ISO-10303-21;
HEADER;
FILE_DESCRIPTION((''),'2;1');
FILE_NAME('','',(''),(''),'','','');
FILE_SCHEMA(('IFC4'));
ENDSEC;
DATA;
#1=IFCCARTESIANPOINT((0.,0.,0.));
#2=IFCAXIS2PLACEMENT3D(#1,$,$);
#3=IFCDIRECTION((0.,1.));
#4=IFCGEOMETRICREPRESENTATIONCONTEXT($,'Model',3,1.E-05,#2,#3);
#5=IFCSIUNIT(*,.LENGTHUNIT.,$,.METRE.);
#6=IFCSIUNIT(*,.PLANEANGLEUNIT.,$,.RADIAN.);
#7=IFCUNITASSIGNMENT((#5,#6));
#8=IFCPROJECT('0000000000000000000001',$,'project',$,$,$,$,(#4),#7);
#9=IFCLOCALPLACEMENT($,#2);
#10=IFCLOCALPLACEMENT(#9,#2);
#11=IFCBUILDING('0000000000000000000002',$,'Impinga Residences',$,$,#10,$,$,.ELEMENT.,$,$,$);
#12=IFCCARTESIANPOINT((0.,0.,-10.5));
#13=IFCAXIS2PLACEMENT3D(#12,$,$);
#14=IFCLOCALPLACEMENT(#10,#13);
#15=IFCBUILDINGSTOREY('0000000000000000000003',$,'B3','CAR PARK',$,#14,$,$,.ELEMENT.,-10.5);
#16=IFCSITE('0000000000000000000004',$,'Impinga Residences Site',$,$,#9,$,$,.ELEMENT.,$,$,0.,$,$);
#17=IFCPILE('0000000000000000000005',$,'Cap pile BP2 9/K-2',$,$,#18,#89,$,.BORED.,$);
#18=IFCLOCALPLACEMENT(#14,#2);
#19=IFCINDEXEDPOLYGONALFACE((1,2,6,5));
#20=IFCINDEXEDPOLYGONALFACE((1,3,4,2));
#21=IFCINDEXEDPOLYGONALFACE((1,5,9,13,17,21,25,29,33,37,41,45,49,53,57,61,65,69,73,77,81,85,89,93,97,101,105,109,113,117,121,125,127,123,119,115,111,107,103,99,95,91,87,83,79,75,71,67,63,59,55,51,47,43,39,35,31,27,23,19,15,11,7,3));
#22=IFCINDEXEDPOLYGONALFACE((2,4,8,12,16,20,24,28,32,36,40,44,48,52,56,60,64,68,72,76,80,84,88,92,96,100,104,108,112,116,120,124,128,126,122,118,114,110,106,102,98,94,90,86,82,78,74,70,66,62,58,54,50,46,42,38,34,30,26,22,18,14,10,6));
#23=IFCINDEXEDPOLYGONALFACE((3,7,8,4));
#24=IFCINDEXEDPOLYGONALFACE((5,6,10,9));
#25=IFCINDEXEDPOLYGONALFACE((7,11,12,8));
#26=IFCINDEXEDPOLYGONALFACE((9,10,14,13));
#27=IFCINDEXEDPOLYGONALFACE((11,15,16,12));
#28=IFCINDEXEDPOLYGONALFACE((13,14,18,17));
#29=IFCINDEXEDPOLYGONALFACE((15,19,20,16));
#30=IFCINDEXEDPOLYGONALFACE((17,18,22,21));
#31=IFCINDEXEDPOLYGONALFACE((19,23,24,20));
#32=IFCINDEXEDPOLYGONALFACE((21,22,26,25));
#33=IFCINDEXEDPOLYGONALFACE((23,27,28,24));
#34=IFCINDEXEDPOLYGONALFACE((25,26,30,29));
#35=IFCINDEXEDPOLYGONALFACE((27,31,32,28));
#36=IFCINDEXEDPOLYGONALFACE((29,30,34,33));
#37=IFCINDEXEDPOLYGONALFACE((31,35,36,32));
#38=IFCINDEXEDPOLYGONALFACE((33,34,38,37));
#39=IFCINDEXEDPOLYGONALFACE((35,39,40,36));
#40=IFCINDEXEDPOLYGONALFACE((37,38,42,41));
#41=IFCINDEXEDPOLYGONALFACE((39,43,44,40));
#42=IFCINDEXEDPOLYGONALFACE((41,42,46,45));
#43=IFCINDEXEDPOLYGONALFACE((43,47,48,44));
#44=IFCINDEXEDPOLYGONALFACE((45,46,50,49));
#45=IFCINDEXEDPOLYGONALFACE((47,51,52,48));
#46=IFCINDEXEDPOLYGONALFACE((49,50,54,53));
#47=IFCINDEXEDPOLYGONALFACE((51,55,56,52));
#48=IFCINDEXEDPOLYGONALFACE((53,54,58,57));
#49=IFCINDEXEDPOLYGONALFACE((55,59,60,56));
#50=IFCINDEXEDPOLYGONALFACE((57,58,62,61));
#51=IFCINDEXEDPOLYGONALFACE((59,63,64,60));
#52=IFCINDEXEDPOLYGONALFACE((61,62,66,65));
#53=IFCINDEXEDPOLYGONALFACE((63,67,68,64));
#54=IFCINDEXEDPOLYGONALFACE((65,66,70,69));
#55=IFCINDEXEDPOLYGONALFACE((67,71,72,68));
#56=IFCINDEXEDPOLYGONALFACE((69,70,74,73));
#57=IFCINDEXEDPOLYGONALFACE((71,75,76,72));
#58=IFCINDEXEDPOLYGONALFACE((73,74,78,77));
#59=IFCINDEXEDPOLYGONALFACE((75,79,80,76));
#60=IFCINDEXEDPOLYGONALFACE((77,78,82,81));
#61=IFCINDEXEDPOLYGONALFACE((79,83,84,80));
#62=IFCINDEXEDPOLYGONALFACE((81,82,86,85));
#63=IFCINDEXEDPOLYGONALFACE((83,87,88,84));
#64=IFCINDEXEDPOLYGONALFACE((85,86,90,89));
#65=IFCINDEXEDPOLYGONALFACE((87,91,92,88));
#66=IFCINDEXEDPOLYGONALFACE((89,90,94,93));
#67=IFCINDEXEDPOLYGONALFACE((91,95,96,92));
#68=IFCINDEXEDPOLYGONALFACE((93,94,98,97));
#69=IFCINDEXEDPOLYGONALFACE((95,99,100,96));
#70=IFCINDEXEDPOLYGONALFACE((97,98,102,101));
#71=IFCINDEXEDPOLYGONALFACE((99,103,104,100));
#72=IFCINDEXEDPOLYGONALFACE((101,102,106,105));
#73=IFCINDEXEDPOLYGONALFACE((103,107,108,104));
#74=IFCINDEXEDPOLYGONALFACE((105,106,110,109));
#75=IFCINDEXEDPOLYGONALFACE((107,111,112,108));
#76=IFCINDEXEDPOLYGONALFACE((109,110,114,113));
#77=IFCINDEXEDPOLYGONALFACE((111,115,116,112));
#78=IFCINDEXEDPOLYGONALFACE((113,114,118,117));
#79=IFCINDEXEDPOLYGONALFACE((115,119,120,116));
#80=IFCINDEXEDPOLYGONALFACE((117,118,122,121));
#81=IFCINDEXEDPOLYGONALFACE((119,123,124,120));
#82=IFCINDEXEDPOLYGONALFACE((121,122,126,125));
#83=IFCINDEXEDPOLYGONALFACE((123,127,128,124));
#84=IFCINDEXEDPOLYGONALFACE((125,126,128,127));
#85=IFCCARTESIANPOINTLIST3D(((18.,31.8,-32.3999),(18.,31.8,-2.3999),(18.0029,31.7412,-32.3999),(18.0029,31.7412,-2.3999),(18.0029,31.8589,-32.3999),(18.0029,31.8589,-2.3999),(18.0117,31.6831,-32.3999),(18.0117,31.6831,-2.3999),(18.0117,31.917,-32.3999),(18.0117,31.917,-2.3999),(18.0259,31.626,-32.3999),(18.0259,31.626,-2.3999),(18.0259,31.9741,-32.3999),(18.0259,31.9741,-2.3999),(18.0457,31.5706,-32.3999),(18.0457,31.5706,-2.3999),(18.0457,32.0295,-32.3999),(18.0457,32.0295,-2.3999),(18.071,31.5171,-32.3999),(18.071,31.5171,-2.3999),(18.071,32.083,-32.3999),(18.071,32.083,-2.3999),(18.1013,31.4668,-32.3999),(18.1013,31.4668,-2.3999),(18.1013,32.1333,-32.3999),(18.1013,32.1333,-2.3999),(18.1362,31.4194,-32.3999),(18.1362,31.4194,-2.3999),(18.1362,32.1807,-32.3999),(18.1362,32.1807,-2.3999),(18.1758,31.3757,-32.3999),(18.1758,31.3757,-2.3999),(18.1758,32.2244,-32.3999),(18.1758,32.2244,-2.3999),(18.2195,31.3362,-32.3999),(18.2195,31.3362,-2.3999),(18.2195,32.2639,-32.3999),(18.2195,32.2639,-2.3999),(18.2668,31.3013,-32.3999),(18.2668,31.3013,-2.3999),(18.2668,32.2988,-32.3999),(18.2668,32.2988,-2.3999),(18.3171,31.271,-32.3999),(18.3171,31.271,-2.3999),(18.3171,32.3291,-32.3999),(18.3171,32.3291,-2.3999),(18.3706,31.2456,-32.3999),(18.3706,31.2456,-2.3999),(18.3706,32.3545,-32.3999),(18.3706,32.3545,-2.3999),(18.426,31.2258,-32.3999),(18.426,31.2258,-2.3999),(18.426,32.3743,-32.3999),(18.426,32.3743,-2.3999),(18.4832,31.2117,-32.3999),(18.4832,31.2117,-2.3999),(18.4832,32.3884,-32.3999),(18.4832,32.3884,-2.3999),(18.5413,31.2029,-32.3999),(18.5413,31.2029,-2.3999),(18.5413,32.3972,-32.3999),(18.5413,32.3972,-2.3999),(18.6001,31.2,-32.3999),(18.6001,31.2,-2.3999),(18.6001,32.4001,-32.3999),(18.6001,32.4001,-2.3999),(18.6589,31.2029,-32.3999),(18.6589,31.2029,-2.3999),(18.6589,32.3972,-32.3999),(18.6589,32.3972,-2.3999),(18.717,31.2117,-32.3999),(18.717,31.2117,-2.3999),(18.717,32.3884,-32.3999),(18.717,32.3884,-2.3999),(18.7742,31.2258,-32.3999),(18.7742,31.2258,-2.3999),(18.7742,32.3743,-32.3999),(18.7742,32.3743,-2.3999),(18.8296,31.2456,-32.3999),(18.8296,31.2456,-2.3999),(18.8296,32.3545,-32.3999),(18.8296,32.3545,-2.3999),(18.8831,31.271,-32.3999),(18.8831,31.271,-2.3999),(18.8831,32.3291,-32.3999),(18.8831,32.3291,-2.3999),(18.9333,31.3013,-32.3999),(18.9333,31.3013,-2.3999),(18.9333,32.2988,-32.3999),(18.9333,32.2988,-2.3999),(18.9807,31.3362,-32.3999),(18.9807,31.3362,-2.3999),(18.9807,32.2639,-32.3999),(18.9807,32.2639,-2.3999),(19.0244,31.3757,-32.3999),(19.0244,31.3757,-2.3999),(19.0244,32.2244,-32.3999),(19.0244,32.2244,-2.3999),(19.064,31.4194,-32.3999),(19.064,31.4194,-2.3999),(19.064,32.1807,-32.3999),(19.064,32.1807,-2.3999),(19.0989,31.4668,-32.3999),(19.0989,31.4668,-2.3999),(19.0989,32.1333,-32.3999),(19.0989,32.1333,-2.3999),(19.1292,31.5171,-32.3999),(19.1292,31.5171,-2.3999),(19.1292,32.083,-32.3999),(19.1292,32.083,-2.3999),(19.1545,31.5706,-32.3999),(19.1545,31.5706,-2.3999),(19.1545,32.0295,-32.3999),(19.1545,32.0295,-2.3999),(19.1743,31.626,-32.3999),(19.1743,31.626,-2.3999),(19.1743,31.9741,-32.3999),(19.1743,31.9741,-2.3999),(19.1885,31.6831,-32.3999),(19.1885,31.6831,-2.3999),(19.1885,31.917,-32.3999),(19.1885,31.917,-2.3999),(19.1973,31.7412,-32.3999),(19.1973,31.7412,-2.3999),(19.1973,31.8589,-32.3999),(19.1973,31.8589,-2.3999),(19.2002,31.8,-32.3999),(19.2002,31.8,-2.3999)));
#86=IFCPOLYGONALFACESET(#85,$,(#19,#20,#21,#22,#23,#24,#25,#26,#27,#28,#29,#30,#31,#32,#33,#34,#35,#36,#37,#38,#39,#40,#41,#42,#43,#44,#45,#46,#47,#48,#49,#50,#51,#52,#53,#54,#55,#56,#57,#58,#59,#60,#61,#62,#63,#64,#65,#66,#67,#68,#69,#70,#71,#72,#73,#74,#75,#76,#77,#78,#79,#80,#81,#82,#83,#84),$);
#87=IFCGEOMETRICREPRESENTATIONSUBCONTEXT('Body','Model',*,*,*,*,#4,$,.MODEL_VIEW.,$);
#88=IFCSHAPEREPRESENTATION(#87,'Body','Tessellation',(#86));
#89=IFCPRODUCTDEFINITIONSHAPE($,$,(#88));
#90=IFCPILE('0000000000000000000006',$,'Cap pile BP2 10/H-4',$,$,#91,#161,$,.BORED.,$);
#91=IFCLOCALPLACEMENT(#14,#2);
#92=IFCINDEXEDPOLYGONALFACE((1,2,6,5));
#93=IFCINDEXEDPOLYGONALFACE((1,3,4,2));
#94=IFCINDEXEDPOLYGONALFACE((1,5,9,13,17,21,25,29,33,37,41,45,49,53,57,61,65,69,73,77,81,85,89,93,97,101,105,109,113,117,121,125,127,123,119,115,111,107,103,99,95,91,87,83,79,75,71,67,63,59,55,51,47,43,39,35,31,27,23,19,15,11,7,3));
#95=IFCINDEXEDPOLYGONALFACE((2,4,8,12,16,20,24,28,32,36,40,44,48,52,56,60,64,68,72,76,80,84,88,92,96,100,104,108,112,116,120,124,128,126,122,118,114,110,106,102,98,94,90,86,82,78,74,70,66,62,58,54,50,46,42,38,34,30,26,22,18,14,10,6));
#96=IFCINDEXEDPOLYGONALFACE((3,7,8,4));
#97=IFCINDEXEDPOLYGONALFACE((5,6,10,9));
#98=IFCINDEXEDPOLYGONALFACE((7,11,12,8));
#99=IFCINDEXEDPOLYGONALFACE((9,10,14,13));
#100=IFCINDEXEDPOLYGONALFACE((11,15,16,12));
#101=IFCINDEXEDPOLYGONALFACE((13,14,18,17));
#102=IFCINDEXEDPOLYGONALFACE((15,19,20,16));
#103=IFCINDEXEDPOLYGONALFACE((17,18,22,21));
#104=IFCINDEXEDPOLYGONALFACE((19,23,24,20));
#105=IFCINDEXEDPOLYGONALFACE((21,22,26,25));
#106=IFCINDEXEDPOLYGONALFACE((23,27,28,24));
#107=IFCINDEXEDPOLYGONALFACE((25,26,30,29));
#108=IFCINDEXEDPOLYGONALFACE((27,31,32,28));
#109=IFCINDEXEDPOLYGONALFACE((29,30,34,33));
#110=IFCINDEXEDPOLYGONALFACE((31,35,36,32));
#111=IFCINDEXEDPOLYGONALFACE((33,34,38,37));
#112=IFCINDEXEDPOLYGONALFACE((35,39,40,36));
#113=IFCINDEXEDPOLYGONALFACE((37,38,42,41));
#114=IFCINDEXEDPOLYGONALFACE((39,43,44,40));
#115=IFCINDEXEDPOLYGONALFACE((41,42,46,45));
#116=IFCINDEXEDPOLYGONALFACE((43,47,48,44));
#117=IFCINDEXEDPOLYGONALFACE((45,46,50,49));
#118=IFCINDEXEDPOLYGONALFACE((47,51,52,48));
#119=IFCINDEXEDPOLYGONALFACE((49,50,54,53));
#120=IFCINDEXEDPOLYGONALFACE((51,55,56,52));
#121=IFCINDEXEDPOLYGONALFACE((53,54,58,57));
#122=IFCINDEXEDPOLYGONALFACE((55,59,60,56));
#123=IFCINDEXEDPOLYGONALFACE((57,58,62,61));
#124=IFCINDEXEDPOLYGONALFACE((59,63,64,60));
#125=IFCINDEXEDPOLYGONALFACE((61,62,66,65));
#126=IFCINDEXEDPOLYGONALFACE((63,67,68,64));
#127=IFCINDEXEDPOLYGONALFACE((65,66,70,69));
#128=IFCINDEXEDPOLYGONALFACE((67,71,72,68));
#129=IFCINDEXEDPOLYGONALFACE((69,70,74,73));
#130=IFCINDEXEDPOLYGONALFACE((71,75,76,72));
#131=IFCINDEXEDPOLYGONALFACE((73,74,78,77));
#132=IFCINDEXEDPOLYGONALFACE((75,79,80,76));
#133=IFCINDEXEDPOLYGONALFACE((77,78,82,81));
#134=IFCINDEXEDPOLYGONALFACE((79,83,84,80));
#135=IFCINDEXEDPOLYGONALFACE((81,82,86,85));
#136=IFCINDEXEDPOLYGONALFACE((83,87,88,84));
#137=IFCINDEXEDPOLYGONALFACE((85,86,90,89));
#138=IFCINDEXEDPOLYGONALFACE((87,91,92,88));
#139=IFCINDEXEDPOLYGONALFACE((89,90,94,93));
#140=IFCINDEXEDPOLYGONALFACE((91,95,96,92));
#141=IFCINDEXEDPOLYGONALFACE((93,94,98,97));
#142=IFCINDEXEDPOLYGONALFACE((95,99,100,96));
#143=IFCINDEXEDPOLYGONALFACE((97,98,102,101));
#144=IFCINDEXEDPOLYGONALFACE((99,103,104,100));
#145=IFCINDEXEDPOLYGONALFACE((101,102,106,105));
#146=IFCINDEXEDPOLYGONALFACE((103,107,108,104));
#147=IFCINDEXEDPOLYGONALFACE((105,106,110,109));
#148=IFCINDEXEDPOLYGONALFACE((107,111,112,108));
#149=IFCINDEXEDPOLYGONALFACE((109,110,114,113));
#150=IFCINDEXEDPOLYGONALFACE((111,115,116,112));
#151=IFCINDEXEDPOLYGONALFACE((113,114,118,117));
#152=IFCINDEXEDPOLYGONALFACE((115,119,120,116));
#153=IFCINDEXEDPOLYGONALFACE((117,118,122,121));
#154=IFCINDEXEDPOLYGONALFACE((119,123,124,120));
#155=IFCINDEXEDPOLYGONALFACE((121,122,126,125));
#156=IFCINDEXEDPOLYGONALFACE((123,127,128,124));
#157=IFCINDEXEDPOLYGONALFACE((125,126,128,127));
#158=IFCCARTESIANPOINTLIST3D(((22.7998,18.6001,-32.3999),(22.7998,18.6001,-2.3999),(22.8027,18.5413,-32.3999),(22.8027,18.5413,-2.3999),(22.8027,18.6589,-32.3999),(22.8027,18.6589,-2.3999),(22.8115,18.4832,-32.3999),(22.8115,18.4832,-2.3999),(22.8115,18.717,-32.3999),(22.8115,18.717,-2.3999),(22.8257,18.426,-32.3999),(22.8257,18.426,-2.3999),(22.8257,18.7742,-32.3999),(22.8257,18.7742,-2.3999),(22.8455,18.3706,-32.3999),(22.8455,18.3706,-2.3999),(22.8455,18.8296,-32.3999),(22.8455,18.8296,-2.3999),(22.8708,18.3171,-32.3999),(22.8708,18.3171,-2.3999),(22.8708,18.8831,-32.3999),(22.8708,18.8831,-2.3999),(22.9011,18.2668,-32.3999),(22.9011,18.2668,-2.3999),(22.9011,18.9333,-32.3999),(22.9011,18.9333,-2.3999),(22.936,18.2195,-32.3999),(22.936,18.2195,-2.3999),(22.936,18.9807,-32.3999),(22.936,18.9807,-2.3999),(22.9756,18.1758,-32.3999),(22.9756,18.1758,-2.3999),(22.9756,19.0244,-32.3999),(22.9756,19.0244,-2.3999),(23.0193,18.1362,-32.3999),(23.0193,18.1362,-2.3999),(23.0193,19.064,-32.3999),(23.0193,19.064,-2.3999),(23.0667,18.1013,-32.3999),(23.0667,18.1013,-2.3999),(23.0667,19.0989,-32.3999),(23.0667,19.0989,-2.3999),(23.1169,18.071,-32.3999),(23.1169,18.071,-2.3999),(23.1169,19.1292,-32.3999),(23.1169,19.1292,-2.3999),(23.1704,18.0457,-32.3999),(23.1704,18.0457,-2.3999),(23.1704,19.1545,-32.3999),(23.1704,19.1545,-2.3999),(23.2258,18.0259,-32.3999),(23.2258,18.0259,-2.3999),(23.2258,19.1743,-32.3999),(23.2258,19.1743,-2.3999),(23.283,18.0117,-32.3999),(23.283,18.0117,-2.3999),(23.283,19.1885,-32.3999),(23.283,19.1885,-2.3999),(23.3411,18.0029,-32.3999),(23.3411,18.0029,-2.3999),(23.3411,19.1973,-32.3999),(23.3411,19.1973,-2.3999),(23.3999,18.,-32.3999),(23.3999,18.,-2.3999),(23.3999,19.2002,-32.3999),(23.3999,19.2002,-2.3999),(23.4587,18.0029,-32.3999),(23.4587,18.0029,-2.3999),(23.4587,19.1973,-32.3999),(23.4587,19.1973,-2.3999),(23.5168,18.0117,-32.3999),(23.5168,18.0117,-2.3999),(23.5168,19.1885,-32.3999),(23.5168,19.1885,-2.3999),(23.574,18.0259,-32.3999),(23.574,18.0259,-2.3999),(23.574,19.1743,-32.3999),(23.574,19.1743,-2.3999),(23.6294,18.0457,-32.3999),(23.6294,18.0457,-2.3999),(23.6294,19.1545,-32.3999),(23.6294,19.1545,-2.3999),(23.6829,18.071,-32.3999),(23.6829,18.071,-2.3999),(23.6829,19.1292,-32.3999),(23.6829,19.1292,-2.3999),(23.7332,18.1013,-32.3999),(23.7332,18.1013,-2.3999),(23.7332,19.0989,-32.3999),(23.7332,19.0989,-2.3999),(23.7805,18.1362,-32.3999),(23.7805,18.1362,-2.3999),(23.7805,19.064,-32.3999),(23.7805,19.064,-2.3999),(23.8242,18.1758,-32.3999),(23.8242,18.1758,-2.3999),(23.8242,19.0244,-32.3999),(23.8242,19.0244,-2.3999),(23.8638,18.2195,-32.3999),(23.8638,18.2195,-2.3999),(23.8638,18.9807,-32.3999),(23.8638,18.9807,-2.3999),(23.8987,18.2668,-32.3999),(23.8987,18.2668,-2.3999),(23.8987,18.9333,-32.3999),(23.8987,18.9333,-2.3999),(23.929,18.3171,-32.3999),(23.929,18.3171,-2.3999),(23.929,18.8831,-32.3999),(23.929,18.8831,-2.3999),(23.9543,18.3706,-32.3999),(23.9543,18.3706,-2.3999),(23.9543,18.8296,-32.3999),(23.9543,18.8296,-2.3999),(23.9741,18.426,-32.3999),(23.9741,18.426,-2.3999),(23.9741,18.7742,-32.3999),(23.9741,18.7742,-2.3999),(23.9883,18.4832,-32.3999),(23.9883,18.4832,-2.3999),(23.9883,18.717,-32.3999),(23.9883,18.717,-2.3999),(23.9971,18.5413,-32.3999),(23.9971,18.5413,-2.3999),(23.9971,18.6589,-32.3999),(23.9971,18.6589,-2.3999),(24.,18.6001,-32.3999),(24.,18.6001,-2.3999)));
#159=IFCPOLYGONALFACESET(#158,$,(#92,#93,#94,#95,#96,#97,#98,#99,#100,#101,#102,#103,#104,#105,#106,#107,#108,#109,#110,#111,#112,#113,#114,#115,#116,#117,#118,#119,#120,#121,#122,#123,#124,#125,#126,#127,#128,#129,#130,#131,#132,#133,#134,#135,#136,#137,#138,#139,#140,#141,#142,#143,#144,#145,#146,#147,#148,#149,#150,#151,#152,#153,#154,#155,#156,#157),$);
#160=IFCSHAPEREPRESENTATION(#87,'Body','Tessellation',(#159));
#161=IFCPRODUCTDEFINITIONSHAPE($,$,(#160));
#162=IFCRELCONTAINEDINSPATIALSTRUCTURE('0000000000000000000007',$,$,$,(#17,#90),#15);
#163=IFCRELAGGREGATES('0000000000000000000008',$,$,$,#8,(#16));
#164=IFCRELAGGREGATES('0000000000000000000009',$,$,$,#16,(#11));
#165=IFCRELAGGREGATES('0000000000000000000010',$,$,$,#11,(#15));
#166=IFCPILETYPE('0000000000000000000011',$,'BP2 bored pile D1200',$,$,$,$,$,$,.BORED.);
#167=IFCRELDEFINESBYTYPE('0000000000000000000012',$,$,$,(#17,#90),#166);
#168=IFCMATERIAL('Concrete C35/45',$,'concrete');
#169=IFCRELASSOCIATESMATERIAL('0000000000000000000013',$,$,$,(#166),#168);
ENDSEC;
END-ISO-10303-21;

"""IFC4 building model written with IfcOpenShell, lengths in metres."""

from ifc_helpers import new_model, si_unit, direction, frame, origin, origin_2d, place, context, subcontext, project, spatial, polyline, circle, outline, extrude, material, material_profile, profile_set, type_object, element, save


model = new_model("IFC4")

# Units and contexts
model_context = context("Model", 3, precision=1e-05, world=origin(), true_north=direction((0.0, 1.0)))
body_context = subcontext(model_context, "Body", "Model", "MODEL_VIEW")
ifc_project = project(units=[si_unit("LENGTHUNIT", "METRE"), si_unit("PLANEANGLEUNIT", "RADIAN")], contexts=[model_context])

# Site, building, storey
site_placement = place(None, origin())
site = spatial("IfcSite", under=ifc_project, at=site_placement, Name="Impinga Residences Site", CompositionType="ELEMENT", RefElevation=0.0)
building_placement = place(site_placement, origin())
building = spatial("IfcBuilding", under=site, at=building_placement, Name="Impinga Residences", CompositionType="ELEMENT")
storey_placement = place(building_placement, frame((0.0, 0.0, -10.5)))
storey = spatial("IfcBuildingStorey", under=building, at=storey_placement, Name="B3", Description="CAR PARK", CompositionType="ELEMENT", Elevation=-10.5)

# Piles
ifc_material_1 = material(Name="Concrete C35/45", Category="concrete")
ifc_material_profile_1 = material_profile(ifc_material_1, circle(Radius=0.6001, at=origin_2d()), Name="D1200")
ifc_profile_set_1 = profile_set([ifc_material_profile_1], Name="Concrete C35/45")
pile_type_1 = type_object("IfcPileType", Name="BP2 bored pile D1200", PredefinedType="BORED", material=ifc_profile_set_1)
pile_1_placement = place(storey_placement, frame((18.6001, 31.8, -2.3999), z_axis=(0.0, 0.0, -1.0), x_axis=(1.0, 0.0, 0.0)))
element("IfcPile", 1, at=pile_1_placement, inside=storey, type_object=pile_type_1, Name="Cap pile BP2 9/K-2", PredefinedType="BORED", context=body_context, shape_type="SweptSolid", body=[
    extrude(outline(polyline([(0.6001, 0.0), (0.5972, 0.0588), (0.5884, 0.1169), (0.5742, 0.1741), (0.5544, 0.2295), (0.5291, 0.283), (0.4988, 0.3333), (0.4639, 0.3806), (0.4243, 0.4243), (0.3806, 0.4639), (0.3333, 0.4988), (0.283, 0.5291), (0.2295, 0.5544), (0.1741, 0.5742), (0.1169, 0.5884), (0.0588, 0.5972), (0.0, 0.6001), (-0.0588, 0.5972), (-0.1169, 0.5884), (-0.1741, 0.5742), (-0.2295, 0.5544), (-0.283, 0.5291), (-0.3333, 0.4988), (-0.3806, 0.4639), (-0.4243, 0.4243), (-0.4639, 0.3806), (-0.4988, 0.3333), (-0.5291, 0.283), (-0.5544, 0.2295), (-0.5742, 0.1741), (-0.5884, 0.1169), (-0.5972, 0.0588), (-0.6001, 0.0), (-0.5972, -0.0588), (-0.5884, -0.1169), (-0.5742, -0.1741), (-0.5544, -0.2295), (-0.5291, -0.283), (-0.4988, -0.3333), (-0.4639, -0.3806), (-0.4243, -0.4243), (-0.3806, -0.4639), (-0.3333, -0.4988), (-0.283, -0.5291), (-0.2295, -0.5544), (-0.1741, -0.5742), (-0.1169, -0.5884), (-0.0588, -0.5972), (0.0, -0.6001), (0.0588, -0.5972), (0.1169, -0.5884), (0.1741, -0.5742), (0.2295, -0.5544), (0.283, -0.5291), (0.3333, -0.4988), (0.3806, -0.4639), (0.4243, -0.4243), (0.4639, -0.3806), (0.4988, -0.3333), (0.5291, -0.283), (0.5544, -0.2295), (0.5742, -0.1741), (0.5884, -0.1169), (0.5972, -0.0588), (0.6001, 0.0)])), origin(), (0.0, 0.0, 1.0), 30.0),
])
pile_2_placement = place(storey_placement, frame((23.3999, 18.6001, -2.3999), z_axis=(0.0, 0.0, -1.0), x_axis=(1.0, 0.0, 0.0)))
element("IfcPile", 2, at=pile_2_placement, inside=storey, type_object=pile_type_1, Name="Cap pile BP2 10/H-4", PredefinedType="BORED", context=body_context, shape_type="SweptSolid", body=[
    extrude(outline(polyline([(0.6001, 0.0), (0.5972, 0.0588), (0.5884, 0.1169), (0.5742, 0.1741), (0.5544, 0.2295), (0.5291, 0.283), (0.4988, 0.3333), (0.4639, 0.3806), (0.4243, 0.4243), (0.3806, 0.4639), (0.3333, 0.4988), (0.283, 0.5291), (0.2295, 0.5544), (0.1741, 0.5742), (0.1169, 0.5884), (0.0588, 0.5972), (0.0, 0.6001), (-0.0588, 0.5972), (-0.1169, 0.5884), (-0.1741, 0.5742), (-0.2295, 0.5544), (-0.283, 0.5291), (-0.3333, 0.4988), (-0.3806, 0.4639), (-0.4243, 0.4243), (-0.4639, 0.3806), (-0.4988, 0.3333), (-0.5291, 0.283), (-0.5544, 0.2295), (-0.5742, 0.1741), (-0.5884, 0.1169), (-0.5972, 0.0588), (-0.6001, 0.0), (-0.5972, -0.0588), (-0.5884, -0.1169), (-0.5742, -0.1741), (-0.5544, -0.2295), (-0.5291, -0.283), (-0.4988, -0.3333), (-0.4639, -0.3806), (-0.4243, -0.4243), (-0.3806, -0.4639), (-0.3333, -0.4988), (-0.283, -0.5291), (-0.2295, -0.5544), (-0.1741, -0.5742), (-0.1169, -0.5884), (-0.0588, -0.5972), (0.0, -0.6001), (0.0588, -0.5972), (0.1169, -0.5884), (0.1741, -0.5742), (0.2295, -0.5544), (0.283, -0.5291), (0.3333, -0.4988), (0.3806, -0.4639), (0.4243, -0.4243), (0.4639, -0.3806), (0.4988, -0.3333), (0.5291, -0.283), (0.5544, -0.2295), (0.5742, -0.1741), (0.5884, -0.1169), (0.5972, -0.0588), (0.6001, 0.0)])), origin(), (0.0, 0.0, 1.0), 30.0),
])

save(model, "model.ifc")
